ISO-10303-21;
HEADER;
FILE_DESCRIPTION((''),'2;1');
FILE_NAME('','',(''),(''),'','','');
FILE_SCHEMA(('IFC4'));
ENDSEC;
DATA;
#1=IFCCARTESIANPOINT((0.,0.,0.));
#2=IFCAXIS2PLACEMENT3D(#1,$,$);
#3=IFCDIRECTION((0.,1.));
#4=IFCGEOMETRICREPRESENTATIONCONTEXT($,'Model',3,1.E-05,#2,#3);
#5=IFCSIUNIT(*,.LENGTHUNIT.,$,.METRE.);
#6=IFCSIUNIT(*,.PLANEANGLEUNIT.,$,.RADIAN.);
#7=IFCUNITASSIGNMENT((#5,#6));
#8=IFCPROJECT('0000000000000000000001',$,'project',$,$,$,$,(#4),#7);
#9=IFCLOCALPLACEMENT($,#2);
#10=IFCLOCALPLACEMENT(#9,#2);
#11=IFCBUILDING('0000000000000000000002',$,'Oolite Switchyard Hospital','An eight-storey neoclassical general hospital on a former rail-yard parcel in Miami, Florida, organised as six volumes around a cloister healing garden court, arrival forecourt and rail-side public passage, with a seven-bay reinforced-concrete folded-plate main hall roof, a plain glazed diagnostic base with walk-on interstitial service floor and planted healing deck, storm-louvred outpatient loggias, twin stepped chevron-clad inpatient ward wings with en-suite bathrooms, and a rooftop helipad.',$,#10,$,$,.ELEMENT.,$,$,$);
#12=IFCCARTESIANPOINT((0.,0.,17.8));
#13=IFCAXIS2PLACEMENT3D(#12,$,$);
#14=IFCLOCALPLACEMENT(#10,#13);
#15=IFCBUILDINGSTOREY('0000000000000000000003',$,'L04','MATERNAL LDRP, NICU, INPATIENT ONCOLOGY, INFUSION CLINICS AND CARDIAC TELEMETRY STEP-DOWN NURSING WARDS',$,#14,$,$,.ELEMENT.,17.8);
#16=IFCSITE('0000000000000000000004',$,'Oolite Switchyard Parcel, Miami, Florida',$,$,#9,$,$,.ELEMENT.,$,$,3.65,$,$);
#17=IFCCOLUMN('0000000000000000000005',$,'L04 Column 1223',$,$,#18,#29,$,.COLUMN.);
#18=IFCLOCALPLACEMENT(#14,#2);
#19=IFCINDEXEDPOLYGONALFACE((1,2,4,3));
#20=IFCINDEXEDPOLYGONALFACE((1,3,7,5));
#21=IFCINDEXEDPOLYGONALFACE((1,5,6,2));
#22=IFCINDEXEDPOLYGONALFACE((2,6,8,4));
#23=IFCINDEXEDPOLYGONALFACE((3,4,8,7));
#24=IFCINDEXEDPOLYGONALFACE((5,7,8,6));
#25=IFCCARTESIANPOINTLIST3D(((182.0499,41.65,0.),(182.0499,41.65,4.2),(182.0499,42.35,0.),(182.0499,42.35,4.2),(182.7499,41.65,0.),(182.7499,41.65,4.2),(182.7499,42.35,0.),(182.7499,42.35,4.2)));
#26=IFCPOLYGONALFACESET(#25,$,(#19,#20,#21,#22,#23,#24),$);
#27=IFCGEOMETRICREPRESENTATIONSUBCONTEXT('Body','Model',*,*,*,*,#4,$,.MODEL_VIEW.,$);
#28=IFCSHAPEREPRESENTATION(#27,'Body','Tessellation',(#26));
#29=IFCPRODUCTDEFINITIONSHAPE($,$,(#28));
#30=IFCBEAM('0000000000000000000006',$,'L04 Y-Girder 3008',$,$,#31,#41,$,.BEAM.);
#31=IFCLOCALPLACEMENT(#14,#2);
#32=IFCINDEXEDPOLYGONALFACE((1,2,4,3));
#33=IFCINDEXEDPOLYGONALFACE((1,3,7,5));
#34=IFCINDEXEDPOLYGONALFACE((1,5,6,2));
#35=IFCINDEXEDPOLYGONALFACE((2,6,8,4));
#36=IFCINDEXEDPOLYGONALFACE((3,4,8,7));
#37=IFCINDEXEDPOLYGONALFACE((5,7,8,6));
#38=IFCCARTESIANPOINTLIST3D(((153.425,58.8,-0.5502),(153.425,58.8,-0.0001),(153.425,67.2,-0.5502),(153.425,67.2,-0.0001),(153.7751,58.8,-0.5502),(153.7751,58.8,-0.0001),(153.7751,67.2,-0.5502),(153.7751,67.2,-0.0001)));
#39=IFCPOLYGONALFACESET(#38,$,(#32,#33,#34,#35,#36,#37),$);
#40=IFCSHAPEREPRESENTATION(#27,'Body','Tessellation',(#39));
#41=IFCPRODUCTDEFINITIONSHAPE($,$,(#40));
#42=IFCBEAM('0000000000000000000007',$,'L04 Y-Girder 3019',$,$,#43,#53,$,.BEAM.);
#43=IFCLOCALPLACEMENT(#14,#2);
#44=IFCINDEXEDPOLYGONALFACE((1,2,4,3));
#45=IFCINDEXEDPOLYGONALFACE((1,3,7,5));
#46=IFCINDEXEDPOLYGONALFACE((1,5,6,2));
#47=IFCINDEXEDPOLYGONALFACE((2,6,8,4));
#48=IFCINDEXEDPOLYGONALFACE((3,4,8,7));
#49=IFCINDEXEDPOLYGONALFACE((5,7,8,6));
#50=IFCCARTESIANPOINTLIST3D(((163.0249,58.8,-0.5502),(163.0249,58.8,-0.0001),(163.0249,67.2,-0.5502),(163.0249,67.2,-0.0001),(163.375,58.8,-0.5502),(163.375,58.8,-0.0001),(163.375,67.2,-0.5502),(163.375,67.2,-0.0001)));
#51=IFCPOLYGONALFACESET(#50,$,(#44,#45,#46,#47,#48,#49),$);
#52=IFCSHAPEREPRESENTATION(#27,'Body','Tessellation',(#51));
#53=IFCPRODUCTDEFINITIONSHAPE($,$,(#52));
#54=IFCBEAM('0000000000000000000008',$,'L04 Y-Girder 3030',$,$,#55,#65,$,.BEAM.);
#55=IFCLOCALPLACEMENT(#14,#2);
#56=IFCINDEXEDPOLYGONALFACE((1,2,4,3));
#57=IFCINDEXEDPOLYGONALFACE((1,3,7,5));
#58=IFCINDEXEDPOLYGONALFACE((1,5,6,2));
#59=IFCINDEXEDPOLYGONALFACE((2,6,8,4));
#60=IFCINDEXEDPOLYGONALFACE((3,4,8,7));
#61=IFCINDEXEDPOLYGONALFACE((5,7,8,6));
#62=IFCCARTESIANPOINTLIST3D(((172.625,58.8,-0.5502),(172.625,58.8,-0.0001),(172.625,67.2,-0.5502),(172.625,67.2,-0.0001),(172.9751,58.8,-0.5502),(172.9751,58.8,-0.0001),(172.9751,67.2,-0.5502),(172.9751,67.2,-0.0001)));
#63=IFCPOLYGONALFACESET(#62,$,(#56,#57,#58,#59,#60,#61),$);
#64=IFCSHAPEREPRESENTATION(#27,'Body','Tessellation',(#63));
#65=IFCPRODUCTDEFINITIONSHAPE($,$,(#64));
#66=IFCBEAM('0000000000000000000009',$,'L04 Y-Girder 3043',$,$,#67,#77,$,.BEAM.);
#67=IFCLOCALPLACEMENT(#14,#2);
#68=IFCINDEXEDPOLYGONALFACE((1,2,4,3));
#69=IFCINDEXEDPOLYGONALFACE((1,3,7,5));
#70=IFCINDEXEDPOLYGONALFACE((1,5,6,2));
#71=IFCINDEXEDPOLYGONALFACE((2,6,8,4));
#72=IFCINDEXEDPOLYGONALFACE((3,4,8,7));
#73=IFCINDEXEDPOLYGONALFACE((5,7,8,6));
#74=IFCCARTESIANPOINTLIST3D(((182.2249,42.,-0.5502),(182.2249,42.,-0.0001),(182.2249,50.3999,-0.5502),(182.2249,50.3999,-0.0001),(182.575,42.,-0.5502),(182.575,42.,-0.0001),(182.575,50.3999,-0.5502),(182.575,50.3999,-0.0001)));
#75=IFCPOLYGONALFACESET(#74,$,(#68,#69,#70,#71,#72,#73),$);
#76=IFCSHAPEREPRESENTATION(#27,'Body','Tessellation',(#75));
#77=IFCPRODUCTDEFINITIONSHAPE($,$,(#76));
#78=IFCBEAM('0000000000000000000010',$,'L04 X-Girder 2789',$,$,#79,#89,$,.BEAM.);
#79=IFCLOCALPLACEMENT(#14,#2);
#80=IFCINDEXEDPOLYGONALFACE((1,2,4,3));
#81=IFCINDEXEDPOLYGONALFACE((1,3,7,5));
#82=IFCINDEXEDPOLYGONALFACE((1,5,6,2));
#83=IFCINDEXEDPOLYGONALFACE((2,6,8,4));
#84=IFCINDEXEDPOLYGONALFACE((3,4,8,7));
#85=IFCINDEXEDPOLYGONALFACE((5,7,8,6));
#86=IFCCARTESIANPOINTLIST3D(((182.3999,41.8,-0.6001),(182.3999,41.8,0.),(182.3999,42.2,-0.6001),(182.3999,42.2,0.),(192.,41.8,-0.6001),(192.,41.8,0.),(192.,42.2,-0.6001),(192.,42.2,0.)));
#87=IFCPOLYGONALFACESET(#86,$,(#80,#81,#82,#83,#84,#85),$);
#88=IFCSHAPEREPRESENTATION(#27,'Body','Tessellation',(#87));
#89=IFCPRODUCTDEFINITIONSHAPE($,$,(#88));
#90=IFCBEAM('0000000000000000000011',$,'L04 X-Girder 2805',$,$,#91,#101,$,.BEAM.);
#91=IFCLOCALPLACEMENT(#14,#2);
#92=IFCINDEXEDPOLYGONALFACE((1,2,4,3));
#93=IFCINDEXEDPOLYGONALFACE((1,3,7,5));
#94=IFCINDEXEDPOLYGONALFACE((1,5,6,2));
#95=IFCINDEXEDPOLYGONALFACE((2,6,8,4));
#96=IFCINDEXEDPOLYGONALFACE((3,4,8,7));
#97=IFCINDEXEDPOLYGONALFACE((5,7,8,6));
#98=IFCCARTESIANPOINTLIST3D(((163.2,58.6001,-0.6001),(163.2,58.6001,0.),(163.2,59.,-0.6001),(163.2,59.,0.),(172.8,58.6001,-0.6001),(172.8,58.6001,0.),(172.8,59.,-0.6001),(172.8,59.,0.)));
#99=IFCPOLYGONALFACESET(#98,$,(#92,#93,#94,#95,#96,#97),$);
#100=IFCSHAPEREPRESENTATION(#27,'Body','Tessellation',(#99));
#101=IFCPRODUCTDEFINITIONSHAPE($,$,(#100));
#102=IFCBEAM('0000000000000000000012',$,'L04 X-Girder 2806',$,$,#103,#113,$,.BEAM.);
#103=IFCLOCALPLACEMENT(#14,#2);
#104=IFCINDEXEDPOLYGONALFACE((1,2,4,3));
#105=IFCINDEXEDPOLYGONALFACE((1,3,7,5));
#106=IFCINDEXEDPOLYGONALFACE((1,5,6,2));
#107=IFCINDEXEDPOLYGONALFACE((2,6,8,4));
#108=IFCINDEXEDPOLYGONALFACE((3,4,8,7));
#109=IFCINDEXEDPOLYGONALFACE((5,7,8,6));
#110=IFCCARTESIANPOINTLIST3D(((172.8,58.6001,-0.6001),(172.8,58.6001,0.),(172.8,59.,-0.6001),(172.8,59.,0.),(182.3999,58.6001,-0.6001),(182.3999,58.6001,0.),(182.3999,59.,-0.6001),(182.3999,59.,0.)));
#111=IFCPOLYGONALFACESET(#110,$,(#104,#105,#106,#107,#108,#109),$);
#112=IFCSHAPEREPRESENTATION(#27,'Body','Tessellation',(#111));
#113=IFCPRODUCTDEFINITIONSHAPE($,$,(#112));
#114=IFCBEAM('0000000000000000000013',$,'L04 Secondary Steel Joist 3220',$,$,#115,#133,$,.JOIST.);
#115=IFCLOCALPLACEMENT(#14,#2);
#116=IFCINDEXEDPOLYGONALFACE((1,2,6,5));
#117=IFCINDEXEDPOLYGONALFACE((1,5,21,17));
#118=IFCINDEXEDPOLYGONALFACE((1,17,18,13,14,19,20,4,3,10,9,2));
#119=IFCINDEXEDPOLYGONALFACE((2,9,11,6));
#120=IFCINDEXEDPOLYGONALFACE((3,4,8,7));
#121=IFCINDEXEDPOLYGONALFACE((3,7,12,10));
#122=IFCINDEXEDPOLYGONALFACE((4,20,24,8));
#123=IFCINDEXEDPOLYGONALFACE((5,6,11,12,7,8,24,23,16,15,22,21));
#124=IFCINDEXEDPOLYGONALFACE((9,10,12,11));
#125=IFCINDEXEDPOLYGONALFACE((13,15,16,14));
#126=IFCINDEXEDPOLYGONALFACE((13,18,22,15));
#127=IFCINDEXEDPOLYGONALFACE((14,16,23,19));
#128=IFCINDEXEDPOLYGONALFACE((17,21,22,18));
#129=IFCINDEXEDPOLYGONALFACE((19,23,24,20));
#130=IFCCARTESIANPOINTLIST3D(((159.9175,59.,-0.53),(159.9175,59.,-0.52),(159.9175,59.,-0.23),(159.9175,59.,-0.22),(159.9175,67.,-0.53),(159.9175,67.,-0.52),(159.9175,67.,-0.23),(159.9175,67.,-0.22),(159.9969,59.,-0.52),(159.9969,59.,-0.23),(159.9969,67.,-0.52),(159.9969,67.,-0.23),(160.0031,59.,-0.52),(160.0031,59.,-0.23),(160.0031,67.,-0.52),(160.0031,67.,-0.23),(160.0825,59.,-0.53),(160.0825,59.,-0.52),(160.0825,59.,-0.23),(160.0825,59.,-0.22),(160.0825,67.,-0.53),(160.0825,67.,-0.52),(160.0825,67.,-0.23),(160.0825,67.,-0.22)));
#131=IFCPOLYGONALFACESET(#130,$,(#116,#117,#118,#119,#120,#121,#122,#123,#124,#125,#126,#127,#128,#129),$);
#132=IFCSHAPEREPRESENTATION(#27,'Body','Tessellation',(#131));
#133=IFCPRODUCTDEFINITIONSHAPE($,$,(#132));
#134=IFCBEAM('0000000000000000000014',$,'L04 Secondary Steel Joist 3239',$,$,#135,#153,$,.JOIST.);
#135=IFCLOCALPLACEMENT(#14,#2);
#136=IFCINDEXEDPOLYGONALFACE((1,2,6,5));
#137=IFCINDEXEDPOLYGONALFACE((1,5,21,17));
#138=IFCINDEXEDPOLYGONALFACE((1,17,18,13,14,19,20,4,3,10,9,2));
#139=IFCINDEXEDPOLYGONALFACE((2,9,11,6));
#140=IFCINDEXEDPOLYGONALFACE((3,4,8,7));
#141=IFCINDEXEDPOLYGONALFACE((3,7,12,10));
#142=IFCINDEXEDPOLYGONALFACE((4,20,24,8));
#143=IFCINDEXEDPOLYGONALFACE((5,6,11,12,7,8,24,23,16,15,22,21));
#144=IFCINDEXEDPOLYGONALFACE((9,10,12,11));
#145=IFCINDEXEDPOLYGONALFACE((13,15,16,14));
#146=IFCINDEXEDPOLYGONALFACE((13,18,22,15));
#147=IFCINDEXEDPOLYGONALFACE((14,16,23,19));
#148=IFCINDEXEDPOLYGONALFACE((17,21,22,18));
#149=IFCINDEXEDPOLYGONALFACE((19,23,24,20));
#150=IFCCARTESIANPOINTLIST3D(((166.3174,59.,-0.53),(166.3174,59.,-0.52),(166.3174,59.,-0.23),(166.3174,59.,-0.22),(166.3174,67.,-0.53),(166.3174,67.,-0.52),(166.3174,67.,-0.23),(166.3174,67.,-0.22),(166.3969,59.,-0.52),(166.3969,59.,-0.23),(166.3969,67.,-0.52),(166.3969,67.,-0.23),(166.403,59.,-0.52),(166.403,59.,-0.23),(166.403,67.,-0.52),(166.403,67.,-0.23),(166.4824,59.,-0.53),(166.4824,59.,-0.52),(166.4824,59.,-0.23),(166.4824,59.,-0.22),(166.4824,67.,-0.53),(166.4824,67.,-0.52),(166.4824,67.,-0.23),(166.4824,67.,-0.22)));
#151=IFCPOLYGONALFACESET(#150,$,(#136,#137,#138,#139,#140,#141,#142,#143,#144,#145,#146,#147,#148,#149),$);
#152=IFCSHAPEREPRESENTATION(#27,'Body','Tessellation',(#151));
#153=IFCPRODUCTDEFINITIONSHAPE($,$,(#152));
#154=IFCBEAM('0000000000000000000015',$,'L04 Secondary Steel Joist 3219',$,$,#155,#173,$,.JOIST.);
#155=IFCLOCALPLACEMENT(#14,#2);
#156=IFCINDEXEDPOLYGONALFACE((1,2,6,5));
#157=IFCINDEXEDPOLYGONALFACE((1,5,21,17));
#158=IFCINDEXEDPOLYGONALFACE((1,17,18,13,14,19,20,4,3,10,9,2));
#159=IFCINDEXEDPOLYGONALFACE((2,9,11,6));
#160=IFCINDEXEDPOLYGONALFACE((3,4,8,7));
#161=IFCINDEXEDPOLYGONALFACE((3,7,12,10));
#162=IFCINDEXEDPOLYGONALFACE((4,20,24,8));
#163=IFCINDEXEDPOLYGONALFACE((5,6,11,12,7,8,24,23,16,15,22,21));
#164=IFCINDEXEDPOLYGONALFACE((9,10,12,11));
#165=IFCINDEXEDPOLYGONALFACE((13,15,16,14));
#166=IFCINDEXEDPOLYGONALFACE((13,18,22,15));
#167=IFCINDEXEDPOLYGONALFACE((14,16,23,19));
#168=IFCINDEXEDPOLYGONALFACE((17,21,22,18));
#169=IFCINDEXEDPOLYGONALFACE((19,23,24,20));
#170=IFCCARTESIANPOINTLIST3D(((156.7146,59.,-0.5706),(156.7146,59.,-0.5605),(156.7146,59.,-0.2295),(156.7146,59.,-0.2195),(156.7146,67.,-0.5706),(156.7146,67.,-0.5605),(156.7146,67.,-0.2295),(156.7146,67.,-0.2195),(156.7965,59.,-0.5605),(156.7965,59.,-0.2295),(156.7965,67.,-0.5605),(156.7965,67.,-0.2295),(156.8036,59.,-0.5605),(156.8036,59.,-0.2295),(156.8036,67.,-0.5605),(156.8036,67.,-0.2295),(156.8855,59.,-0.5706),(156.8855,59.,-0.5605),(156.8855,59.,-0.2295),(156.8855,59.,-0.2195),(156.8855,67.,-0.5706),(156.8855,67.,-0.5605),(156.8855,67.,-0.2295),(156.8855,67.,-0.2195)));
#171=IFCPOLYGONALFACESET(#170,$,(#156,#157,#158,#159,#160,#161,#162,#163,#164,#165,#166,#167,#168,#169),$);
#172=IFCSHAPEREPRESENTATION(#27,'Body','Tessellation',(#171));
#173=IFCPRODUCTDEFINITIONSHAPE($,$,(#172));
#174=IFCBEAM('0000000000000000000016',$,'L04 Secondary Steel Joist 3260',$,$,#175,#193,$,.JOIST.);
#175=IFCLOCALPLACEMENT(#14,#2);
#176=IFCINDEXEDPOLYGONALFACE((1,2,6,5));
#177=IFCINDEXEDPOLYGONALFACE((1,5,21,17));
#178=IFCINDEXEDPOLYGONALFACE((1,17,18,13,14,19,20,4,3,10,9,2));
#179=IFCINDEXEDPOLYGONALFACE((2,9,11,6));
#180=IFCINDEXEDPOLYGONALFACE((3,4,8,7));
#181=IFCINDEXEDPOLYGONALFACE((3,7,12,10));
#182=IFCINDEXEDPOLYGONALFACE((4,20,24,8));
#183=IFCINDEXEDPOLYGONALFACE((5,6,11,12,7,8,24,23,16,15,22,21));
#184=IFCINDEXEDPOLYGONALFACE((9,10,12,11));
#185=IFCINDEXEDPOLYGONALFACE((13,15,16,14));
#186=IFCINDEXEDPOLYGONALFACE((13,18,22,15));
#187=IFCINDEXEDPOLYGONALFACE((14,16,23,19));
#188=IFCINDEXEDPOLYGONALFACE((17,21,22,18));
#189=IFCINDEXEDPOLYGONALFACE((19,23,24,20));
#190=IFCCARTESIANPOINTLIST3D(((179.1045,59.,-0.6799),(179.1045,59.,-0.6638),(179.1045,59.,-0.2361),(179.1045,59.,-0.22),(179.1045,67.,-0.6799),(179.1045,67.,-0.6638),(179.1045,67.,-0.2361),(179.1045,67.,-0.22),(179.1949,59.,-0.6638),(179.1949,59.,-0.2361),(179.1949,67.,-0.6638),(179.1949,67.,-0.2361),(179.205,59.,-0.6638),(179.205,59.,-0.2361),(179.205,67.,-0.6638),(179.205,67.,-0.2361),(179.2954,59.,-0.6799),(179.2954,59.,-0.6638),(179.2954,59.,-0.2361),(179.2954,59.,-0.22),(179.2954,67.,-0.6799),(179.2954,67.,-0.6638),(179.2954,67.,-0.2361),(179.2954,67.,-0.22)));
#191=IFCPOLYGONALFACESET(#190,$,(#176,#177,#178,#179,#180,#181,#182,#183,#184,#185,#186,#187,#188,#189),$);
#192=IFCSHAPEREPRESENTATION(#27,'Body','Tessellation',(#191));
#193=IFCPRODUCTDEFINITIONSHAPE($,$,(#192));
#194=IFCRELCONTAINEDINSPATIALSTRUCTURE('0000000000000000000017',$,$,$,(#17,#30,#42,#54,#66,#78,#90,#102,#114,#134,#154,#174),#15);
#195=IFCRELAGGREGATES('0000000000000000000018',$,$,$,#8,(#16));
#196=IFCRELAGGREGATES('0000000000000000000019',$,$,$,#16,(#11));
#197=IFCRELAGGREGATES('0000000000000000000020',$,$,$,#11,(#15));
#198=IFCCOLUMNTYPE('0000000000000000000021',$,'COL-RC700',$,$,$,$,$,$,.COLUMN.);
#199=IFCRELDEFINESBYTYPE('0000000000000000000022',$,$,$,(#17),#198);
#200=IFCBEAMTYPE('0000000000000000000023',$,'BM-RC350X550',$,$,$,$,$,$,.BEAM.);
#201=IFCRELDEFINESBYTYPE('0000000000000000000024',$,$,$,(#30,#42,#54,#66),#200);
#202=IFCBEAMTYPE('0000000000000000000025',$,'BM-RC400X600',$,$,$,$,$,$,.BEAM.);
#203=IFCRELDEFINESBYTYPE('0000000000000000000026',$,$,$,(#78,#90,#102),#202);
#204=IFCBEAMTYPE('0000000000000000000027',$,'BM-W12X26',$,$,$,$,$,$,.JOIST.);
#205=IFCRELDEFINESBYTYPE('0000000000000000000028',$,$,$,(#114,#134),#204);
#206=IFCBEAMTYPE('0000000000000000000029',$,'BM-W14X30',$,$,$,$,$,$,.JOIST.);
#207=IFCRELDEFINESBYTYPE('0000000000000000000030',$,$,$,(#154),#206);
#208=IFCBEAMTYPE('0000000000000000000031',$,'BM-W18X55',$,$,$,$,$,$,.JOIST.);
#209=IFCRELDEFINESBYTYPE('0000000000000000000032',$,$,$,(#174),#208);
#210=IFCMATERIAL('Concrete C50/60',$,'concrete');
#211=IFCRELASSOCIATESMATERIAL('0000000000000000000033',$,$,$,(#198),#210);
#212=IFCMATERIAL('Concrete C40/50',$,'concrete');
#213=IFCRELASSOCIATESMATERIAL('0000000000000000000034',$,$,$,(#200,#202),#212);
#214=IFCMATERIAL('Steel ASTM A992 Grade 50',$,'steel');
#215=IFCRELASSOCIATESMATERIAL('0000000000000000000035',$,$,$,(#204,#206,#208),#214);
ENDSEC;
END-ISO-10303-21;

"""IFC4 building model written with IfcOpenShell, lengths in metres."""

from ifc_helpers import new_model, si_unit, direction, frame, origin, origin_2d, place, context, subcontext, project, spatial, rectangle, i_section, extrude, material, material_profile, profile_set, type_object, element, save


model = new_model("IFC4")

# Units and contexts
model_context = context("Model", 3, precision=1e-05, world=origin(), true_north=direction((0.0, 1.0)))
body_context = subcontext(model_context, "Body", "Model", "MODEL_VIEW")
ifc_project = project(units=[si_unit("LENGTHUNIT", "METRE"), si_unit("PLANEANGLEUNIT", "RADIAN")], contexts=[model_context])

# Site, building, storey
site_placement = place(None, origin())
site = spatial("IfcSite", under=ifc_project, at=site_placement, Name="Oolite Switchyard Parcel, Miami, Florida", CompositionType="ELEMENT", RefElevation=3.65)
building_placement = place(site_placement, origin())
building = spatial("IfcBuilding", under=site, at=building_placement, Name="Oolite Switchyard Hospital", Description="An eight-storey neoclassical general hospital on a former rail-yard parcel in Miami, Florida, organised as six volumes around a cloister healing garden court, arrival forecourt and rail-side public passage, with a seven-bay reinforced-concrete folded-plate main hall roof, a plain glazed diagnostic base with walk-on interstitial service floor and planted healing deck, storm-louvred outpatient loggias, twin stepped chevron-clad inpatient ward wings with en-suite bathrooms, and a rooftop helipad.", CompositionType="ELEMENT")
storey_placement = place(building_placement, frame((0.0, 0.0, 17.8)))
storey = spatial("IfcBuildingStorey", under=building, at=storey_placement, Name="L04", Description="MATERNAL LDRP, NICU, INPATIENT ONCOLOGY, INFUSION CLINICS AND CARDIAC TELEMETRY STEP-DOWN NURSING WARDS", CompositionType="ELEMENT", Elevation=17.8)

# Column
ifc_material_1 = material(Name="Concrete C50/60", Category="concrete")
ifc_material_profile_1 = material_profile(ifc_material_1, rectangle(XDim=0.7, YDim=0.7, at=origin_2d()), Name="RC700X700")
ifc_profile_set_1 = profile_set([ifc_material_profile_1], Name="Concrete C50/60")
column_type = type_object("IfcColumnType", Name="COL-RC700", PredefinedType="COLUMN", material=ifc_profile_set_1)
column_placement = place(storey_placement, frame((182.3999, 42.0, 0.0), z_axis=(0.0, 0.0, 1.0), x_axis=(1.0, 0.0, 0.0)))
element("IfcColumn", 1, at=column_placement, inside=storey, type_object=column_type, Name="L04 Column 1223", PredefinedType="COLUMN", context=body_context, shape_type="SweptSolid", body=[
    extrude(rectangle(XDim=0.7, YDim=0.7, at=origin_2d()), origin(), (0.0, 0.0, 1.0), 4.2),
])

# Beams
ifc_material_2 = material(Name="Concrete C40/50", Category="concrete")
ifc_material_profile_2 = material_profile(ifc_material_2, rectangle(XDim=0.3501, YDim=0.55, at=origin_2d()), Name="RCB350X550")
ifc_profile_set_2 = profile_set([ifc_material_profile_2], Name="Concrete C40/50")
beam_type_1 = type_object("IfcBeamType", Name="BM-RC350X550", PredefinedType="BEAM", material=ifc_profile_set_2)
for number, where, z_axis, x_axis, name in (
    (2, (153.6001, 58.8, -0.2751), (0.0, 1.0, 0.0), (-1.0, 0.0, 0.0), "L04 Y-Girder 3008"),
    (3, (163.2, 58.8, -0.2751), (0.0, 1.0, 0.0), (-1.0, 0.0, 0.0), "L04 Y-Girder 3019"),
    (4, (172.8, 58.8, -0.2751), (0.0, 1.0, 0.0), (-1.0, 0.0, 0.0), "L04 Y-Girder 3030"),
    (5, (182.3999, 42.0, -0.2751), (0.0, 1.0, 0.0), (-1.0, 0.0, 0.0), "L04 Y-Girder 3043"),
):
    element("IfcBeam", number, at=place(storey_placement, frame(where, z_axis=z_axis, x_axis=x_axis)), inside=storey, type_object=beam_type_1, Name=name, PredefinedType="BEAM", context=body_context, shape_type="SweptSolid", body=[
        extrude(rectangle(XDim=0.3501, YDim=0.55, at=origin_2d()), origin(), (0.0, 0.0, 1.0), 8.3999),
    ])
ifc_material_profile_3 = material_profile(ifc_material_2, rectangle(XDim=0.3999, YDim=0.6001, at=origin_2d()), Name="RCB400X600")
ifc_profile_set_3 = profile_set([ifc_material_profile_3], Name="Concrete C40/50")
beam_type_2 = type_object("IfcBeamType", Name="BM-RC400X600", PredefinedType="BEAM", material=ifc_profile_set_3)
for number, where, z_axis, x_axis, name in (
    (6, (182.3999, 42.0, -0.3), (1.0, 0.0, 0.0), (0.0, 1.0, 0.0), "L04 X-Girder 2789"),
    (7, (163.2, 58.8, -0.3), (1.0, 0.0, 0.0), (0.0, 1.0, 0.0), "L04 X-Girder 2805"),
):
    element("IfcBeam", number, at=place(storey_placement, frame(where, z_axis=z_axis, x_axis=x_axis)), inside=storey, type_object=beam_type_2, Name=name, PredefinedType="BEAM", context=body_context, shape_type="SweptSolid", body=[
        extrude(rectangle(XDim=0.3999, YDim=0.6001, at=origin_2d()), origin(), (0.0, 0.0, 1.0), 9.6001),
    ])
beam_1_placement = place(storey_placement, frame((172.8, 58.8, -0.3), z_axis=(1.0, 0.0, 0.0), x_axis=(0.0, 1.0, 0.0)))
element("IfcBeam", 8, at=beam_1_placement, inside=storey, type_object=beam_type_2, Name="L04 X-Girder 2806", PredefinedType="BEAM", context=body_context, shape_type="SweptSolid", body=[
    extrude(rectangle(XDim=0.3999, YDim=0.6001, at=origin_2d()), origin(), (0.0, 0.0, 1.0), 9.5999),
])
ifc_material_3 = material(Name="Steel ASTM A992 Grade 50", Category="steel")
ifc_material_profile_4 = material_profile(ifc_material_3, i_section(OverallWidth=0.165, OverallDepth=0.3101, WebThickness=0.0061, FlangeThickness=0.01, at=origin_2d()), Name="W12X26")
ifc_profile_set_4 = profile_set([ifc_material_profile_4], Name="Steel ASTM A992 Grade 50")
beam_type_3 = type_object("IfcBeamType", Name="BM-W12X26", PredefinedType="JOIST", material=ifc_profile_set_4)
for number, where, z_axis, x_axis, name in (
    (9, (160.0, 59.0, -0.375), (0.0, 1.0, 0.0), (-1.0, 0.0, 0.0), "L04 Secondary Steel Joist 3220"),
    (10, (166.3999, 59.0, -0.375), (0.0, 1.0, 0.0), (-1.0, 0.0, 0.0), "L04 Secondary Steel Joist 3239"),
):
    element("IfcBeam", number, at=place(storey_placement, frame(where, z_axis=z_axis, x_axis=x_axis)), inside=storey, type_object=beam_type_3, Name=name, PredefinedType="JOIST", context=body_context, shape_type="SweptSolid", body=[
        extrude(i_section(OverallWidth=0.165, OverallDepth=0.3101, WebThickness=0.0061, FlangeThickness=0.01, at=origin_2d()), origin(), (0.0, 0.0, 1.0), 8.0),
    ])
ifc_material_profile_5 = material_profile(ifc_material_3, i_section(OverallWidth=0.1709, OverallDepth=0.3511, WebThickness=0.0071, FlangeThickness=0.01, at=origin_2d()), Name="W14X30")
ifc_profile_set_5 = profile_set([ifc_material_profile_5], Name="Steel ASTM A992 Grade 50")
beam_type_4 = type_object("IfcBeamType", Name="BM-W14X30", PredefinedType="JOIST", material=ifc_profile_set_5)
beam_2_placement = place(storey_placement, frame((156.8, 59.0, -0.395), z_axis=(0.0, 1.0, 0.0), x_axis=(-1.0, 0.0, 0.0)))
element("IfcBeam", 11, at=beam_2_placement, inside=storey, type_object=beam_type_4, Name="L04 Secondary Steel Joist 3219", PredefinedType="JOIST", context=body_context, shape_type="SweptSolid", body=[
    extrude(i_section(OverallWidth=0.1709, OverallDepth=0.3511, WebThickness=0.0071, FlangeThickness=0.01, at=origin_2d()), origin(), (0.0, 0.0, 1.0), 8.0),
])
ifc_material_profile_6 = material_profile(ifc_material_3, i_section(OverallWidth=0.1909, OverallDepth=0.46, WebThickness=0.01, FlangeThickness=0.0161, at=origin_2d()), Name="W18X55")
ifc_profile_set_6 = profile_set([ifc_material_profile_6], Name="Steel ASTM A992 Grade 50")
beam_type_5 = type_object("IfcBeamType", Name="BM-W18X55", PredefinedType="JOIST", material=ifc_profile_set_6)
beam_3_placement = place(storey_placement, frame((179.2, 59.0, -0.45), z_axis=(0.0, 1.0, 0.0), x_axis=(-1.0, 0.0, 0.0)))
element("IfcBeam", 12, at=beam_3_placement, inside=storey, type_object=beam_type_5, Name="L04 Secondary Steel Joist 3260", PredefinedType="JOIST", context=body_context, shape_type="SweptSolid", body=[
    extrude(i_section(OverallWidth=0.1909, OverallDepth=0.46, WebThickness=0.01, FlangeThickness=0.0161, at=origin_2d()), origin(), (0.0, 0.0, 1.0), 8.0),
])

save(model, "model.ifc")
